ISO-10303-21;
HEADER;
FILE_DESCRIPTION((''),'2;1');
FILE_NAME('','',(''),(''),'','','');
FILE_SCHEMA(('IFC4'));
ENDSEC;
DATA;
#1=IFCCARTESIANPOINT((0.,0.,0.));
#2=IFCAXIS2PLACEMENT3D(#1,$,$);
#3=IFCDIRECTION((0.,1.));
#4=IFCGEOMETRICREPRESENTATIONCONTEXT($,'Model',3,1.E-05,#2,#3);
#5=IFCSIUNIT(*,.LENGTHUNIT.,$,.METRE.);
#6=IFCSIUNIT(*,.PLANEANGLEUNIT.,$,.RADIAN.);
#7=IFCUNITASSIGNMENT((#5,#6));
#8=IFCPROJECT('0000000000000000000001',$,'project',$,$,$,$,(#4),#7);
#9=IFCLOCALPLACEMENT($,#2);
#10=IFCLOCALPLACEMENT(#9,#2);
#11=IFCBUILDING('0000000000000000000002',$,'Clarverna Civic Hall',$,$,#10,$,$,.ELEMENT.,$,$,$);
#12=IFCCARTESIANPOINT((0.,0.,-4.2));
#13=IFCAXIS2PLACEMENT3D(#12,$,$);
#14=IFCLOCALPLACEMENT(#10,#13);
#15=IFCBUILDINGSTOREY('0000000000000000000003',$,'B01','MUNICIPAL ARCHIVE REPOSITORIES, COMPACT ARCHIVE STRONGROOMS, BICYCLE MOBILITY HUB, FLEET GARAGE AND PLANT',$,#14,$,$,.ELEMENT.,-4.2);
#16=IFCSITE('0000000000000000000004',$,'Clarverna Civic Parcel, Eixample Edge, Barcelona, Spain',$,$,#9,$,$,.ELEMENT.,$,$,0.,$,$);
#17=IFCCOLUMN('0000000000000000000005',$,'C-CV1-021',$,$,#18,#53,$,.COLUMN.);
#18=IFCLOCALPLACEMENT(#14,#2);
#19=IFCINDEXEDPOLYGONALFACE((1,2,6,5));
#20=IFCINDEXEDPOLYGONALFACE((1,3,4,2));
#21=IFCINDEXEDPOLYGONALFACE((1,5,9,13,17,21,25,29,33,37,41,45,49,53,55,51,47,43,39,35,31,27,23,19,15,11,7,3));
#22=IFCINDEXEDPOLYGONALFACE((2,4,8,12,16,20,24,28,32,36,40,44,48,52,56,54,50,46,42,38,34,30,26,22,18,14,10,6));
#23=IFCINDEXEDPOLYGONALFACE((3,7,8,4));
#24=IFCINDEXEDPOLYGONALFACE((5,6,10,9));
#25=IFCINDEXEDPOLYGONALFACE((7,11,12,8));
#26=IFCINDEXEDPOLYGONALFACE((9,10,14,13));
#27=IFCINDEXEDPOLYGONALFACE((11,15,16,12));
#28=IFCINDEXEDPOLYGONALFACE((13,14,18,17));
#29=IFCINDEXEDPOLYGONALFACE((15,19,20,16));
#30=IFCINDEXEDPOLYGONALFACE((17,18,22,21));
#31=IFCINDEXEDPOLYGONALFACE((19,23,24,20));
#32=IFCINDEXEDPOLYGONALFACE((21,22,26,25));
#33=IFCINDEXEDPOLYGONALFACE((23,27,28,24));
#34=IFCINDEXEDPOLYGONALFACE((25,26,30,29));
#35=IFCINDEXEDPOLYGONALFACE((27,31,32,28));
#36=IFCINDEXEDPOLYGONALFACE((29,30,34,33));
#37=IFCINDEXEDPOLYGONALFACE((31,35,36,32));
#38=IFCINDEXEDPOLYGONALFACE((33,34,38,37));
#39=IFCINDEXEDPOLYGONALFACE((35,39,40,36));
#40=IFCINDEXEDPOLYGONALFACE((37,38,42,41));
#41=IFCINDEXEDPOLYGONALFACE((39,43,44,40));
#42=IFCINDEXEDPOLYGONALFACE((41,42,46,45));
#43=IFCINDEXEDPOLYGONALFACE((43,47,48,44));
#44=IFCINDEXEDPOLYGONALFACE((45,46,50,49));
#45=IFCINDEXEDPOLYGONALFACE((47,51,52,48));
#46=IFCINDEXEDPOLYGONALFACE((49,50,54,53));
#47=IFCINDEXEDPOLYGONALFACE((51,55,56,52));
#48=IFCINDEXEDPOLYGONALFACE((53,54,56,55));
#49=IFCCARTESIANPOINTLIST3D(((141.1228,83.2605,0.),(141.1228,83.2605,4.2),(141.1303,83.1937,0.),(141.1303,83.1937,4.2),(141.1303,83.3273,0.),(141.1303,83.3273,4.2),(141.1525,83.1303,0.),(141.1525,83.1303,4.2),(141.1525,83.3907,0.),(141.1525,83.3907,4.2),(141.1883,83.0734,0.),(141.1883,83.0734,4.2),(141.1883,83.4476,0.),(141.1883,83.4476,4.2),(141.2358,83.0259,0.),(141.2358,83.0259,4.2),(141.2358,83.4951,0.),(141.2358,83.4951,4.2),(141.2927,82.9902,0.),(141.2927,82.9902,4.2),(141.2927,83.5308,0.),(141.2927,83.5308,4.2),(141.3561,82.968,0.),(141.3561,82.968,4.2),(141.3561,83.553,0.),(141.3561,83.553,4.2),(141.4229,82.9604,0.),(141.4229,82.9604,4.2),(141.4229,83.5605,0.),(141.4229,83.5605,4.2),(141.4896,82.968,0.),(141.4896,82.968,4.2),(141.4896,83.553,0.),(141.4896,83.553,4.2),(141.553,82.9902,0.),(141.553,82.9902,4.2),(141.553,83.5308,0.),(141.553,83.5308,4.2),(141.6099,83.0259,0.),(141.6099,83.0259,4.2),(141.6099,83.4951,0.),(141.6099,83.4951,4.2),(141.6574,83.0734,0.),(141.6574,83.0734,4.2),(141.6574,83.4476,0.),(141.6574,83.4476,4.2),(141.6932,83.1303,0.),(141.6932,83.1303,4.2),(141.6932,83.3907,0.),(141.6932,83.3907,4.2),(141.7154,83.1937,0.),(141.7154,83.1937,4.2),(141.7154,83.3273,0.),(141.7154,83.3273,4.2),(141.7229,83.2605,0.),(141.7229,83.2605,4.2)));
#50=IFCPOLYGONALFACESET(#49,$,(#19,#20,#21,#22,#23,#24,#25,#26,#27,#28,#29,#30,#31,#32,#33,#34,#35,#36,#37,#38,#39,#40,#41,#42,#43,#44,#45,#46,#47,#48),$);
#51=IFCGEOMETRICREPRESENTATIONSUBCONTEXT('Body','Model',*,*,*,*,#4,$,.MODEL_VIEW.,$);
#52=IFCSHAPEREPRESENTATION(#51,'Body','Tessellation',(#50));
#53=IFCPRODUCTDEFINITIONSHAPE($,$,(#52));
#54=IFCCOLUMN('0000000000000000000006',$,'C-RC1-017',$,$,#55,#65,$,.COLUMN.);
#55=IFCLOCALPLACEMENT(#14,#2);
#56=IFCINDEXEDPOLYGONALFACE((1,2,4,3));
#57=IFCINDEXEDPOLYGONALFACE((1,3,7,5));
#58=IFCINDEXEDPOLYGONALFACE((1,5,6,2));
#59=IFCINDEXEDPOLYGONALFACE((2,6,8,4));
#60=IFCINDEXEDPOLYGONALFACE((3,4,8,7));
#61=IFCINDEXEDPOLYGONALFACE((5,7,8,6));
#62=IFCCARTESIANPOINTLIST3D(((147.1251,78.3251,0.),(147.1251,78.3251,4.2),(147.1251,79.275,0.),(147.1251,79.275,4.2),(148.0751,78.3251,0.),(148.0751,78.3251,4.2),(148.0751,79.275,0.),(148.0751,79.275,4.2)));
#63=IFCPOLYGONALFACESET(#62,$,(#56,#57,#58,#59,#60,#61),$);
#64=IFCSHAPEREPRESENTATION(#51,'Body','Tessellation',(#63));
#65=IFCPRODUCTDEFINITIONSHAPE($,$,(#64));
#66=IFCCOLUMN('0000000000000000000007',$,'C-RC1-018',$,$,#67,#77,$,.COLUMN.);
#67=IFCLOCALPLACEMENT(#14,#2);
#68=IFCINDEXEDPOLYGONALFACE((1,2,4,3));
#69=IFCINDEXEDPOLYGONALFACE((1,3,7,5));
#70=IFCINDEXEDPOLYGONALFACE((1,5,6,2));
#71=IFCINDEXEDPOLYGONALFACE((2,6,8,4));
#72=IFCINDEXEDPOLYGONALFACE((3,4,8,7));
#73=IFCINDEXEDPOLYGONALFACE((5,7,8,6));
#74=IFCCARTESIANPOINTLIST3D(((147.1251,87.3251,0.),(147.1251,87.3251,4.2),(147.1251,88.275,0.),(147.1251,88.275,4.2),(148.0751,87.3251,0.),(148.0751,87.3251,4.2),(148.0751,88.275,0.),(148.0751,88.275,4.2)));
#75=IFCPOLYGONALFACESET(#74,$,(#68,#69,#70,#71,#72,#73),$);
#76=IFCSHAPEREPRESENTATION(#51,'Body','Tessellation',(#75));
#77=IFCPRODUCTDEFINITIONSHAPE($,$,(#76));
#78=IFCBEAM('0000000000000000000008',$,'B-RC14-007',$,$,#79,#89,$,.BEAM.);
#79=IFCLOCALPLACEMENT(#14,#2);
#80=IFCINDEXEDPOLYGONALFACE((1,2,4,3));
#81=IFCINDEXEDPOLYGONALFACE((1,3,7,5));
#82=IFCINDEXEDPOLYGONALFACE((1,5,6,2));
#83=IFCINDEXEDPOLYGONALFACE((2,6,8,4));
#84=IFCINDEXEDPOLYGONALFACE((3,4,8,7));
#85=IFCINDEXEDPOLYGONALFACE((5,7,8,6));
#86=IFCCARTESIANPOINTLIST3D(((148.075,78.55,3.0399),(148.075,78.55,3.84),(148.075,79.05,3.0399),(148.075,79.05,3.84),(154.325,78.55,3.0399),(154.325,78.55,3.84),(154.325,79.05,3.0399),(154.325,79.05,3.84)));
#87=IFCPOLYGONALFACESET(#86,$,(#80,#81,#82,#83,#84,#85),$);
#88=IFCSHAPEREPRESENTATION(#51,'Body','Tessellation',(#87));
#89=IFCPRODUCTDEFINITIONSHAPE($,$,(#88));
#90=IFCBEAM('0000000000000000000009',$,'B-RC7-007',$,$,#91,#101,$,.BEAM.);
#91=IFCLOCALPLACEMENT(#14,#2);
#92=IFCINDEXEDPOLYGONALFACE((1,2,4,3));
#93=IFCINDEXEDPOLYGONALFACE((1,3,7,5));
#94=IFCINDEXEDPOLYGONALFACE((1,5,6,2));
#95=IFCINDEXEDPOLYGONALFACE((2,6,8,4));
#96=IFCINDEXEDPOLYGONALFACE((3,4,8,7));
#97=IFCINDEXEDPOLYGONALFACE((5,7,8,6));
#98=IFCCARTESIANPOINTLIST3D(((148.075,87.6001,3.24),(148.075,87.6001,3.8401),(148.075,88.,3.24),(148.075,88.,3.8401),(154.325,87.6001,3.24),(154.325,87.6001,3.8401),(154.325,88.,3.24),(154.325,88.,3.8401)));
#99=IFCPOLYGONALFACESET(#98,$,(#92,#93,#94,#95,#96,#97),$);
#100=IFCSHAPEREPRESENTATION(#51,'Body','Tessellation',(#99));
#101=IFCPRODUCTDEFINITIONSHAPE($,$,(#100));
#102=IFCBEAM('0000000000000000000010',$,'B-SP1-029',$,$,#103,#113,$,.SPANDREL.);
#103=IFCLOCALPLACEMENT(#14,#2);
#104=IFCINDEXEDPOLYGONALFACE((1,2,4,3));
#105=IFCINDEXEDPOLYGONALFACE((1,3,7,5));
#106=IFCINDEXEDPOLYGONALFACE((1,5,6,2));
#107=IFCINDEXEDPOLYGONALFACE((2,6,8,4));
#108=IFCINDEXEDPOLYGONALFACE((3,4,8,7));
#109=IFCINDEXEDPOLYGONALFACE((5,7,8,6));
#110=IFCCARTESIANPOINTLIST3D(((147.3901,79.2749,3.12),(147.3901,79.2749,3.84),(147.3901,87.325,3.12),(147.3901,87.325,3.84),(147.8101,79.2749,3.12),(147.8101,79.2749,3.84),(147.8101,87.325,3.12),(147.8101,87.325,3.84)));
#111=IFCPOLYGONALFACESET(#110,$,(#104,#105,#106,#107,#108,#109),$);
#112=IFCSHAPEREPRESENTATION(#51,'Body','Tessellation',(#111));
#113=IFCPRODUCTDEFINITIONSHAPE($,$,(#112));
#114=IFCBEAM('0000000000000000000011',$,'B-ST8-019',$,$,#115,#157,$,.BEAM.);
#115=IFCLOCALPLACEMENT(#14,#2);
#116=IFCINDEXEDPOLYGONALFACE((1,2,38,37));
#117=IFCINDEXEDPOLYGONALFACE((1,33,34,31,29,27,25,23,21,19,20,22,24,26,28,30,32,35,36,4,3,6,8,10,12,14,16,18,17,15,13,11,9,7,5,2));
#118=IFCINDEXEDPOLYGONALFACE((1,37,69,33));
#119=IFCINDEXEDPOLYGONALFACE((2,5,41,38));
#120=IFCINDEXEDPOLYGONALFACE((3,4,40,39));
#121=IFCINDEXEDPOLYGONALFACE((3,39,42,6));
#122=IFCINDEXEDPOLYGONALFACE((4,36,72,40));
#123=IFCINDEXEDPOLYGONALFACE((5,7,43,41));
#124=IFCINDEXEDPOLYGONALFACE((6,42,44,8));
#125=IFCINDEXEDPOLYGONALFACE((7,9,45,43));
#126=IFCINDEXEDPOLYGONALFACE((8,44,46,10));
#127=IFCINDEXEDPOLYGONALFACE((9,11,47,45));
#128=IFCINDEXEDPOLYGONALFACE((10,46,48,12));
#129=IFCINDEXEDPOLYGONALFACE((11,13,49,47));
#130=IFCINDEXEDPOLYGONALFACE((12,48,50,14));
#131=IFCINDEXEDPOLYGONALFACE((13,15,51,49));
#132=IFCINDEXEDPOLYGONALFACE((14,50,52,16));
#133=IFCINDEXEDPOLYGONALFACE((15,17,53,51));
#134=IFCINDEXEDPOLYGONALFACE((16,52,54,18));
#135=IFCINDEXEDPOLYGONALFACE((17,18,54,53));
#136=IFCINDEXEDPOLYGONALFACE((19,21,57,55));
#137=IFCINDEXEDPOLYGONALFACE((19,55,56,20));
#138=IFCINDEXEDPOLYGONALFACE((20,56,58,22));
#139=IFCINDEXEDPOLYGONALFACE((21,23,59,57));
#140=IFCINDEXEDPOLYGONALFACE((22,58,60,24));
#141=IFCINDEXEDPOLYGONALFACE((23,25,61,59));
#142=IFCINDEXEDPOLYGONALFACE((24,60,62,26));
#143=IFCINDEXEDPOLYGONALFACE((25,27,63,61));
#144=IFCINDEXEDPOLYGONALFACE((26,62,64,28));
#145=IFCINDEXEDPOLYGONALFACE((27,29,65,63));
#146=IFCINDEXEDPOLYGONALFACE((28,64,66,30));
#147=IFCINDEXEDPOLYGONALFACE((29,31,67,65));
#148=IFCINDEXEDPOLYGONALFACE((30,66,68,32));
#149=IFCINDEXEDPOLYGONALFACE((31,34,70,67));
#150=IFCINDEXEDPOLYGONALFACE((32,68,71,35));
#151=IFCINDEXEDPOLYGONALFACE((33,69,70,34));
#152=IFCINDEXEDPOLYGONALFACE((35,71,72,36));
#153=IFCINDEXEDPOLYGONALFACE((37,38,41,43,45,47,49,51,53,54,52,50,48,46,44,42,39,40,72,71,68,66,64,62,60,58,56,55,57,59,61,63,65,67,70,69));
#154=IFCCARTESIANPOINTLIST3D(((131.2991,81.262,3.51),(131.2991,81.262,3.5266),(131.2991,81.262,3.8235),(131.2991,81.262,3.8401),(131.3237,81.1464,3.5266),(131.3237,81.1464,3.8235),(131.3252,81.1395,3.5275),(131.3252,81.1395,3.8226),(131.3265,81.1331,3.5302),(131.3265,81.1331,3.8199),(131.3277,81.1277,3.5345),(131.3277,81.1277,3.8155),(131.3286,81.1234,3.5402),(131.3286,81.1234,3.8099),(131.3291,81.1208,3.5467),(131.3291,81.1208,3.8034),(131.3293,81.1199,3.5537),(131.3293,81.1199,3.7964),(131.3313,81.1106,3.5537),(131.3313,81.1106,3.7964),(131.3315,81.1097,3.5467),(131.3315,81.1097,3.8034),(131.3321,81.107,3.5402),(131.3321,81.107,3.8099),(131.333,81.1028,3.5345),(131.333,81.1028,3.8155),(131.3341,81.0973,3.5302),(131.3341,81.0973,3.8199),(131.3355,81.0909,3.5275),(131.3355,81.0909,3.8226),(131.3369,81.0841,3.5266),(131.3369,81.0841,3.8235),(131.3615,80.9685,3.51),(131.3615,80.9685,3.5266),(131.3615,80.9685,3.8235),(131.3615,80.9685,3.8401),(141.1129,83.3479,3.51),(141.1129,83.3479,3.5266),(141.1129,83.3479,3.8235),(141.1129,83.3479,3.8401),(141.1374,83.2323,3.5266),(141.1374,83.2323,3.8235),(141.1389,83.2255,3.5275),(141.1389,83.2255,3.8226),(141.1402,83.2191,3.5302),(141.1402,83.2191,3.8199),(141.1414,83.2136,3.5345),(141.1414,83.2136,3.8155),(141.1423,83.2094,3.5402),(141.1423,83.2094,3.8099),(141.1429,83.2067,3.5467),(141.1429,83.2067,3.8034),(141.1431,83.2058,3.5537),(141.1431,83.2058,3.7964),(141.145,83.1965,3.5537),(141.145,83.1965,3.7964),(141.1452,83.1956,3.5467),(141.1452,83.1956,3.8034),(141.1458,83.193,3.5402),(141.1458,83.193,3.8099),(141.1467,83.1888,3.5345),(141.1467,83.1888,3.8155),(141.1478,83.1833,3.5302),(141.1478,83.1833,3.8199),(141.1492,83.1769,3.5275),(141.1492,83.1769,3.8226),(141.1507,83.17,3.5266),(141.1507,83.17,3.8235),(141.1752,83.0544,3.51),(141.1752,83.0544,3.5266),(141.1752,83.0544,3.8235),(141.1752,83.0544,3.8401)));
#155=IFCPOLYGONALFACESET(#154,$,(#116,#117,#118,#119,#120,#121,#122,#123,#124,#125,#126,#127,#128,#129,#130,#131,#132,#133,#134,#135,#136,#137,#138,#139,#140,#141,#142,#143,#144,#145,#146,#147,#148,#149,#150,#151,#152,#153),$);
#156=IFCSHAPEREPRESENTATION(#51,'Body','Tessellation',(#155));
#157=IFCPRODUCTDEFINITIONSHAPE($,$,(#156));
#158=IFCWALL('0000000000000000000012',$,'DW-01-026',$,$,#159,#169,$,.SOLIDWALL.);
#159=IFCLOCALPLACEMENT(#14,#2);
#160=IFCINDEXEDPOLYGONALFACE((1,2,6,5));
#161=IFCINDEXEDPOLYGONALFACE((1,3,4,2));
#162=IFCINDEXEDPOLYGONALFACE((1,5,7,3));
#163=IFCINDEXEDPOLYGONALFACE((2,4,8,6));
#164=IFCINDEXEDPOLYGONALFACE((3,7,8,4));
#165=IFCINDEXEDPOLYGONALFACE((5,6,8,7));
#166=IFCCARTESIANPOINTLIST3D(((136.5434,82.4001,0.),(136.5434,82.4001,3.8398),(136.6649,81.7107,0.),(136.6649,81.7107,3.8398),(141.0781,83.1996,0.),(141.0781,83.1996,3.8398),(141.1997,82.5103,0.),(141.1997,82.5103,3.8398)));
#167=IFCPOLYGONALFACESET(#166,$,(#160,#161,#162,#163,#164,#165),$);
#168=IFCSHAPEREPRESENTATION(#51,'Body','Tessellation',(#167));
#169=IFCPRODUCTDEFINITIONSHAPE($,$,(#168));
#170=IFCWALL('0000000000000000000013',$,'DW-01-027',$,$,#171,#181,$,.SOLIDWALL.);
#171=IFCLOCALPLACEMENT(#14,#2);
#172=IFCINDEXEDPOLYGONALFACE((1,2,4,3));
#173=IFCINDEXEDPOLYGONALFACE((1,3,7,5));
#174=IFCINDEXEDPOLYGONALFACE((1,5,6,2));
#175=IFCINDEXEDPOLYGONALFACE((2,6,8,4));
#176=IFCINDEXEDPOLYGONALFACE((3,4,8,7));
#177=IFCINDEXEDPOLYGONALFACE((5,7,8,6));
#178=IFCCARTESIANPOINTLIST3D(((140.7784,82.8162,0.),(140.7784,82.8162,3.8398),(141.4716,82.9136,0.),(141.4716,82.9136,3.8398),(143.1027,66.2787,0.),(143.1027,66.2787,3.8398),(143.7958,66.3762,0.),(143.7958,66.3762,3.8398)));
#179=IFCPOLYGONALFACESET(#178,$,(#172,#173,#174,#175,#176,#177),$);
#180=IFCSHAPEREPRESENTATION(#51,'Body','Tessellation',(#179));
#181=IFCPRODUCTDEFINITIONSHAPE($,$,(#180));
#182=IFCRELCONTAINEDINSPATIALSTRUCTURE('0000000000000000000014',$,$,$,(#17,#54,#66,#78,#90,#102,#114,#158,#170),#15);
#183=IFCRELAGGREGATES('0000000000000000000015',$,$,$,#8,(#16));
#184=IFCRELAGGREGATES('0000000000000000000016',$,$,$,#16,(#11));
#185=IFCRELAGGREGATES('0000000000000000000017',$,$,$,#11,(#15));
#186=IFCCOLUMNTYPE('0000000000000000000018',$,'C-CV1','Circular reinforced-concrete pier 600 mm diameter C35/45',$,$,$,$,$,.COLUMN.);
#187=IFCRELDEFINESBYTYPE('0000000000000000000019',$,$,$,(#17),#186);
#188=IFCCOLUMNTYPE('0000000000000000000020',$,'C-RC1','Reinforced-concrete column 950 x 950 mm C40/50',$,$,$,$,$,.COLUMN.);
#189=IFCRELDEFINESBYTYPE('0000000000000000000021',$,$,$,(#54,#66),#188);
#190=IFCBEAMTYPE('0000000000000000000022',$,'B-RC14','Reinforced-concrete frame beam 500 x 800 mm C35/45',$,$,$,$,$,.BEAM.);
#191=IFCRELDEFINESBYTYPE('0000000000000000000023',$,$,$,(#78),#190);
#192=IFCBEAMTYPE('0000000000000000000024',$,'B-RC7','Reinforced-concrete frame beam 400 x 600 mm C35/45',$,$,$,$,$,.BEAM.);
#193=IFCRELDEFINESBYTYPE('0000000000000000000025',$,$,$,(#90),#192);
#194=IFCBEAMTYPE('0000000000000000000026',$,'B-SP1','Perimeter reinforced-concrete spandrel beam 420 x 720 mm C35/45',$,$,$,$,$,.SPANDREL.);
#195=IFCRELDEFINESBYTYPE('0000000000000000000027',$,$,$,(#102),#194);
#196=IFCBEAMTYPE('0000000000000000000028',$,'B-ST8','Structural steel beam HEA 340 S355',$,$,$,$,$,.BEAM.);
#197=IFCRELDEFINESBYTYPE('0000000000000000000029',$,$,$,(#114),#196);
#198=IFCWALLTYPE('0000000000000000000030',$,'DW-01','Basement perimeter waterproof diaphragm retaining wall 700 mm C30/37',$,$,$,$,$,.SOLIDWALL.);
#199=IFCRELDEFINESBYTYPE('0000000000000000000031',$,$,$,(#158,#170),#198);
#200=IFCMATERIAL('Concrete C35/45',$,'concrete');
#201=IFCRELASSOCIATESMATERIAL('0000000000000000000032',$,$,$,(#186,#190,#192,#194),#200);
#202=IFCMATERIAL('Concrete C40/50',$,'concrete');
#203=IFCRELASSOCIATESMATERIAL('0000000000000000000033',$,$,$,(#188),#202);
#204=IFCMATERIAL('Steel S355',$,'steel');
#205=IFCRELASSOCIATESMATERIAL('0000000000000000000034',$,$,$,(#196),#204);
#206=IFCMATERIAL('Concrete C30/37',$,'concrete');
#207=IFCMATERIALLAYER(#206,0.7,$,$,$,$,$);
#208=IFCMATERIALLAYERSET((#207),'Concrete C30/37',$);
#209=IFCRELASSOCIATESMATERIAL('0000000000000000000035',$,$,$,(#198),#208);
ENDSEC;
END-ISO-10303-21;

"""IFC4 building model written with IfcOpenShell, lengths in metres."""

from ifc_helpers import new_model, si_unit, direction, frame, frame_2d, origin, origin_2d, place, context, subcontext, project, spatial, rectangle, circle, i_section, extrude, material, layer, layer_set, material_profile, profile_set, type_object, element, save


model = new_model("IFC4")

# Units and contexts
model_context = context("Model", 3, precision=1e-05, world=origin(), true_north=direction((0.0, 1.0)))
body_context = subcontext(model_context, "Body", "Model", "MODEL_VIEW")
ifc_project = project(units=[si_unit("LENGTHUNIT", "METRE"), si_unit("PLANEANGLEUNIT", "RADIAN")], contexts=[model_context])

# Site, building, storey
site_placement = place(None, origin())
site = spatial("IfcSite", under=ifc_project, at=site_placement, Name="Clarverna Civic Parcel, Eixample Edge, Barcelona, Spain", CompositionType="ELEMENT", RefElevation=0.0)
building_placement = place(site_placement, origin())
building = spatial("IfcBuilding", under=site, at=building_placement, Name="Clarverna Civic Hall", CompositionType="ELEMENT")
storey_placement = place(building_placement, frame((0.0, 0.0, -4.2)))
storey = spatial("IfcBuildingStorey", under=building, at=storey_placement, Name="B01", Description="MUNICIPAL ARCHIVE REPOSITORIES, COMPACT ARCHIVE STRONGROOMS, BICYCLE MOBILITY HUB, FLEET GARAGE AND PLANT", CompositionType="ELEMENT", Elevation=-4.2)

# Shared definitions
ifc_material_1 = material(Name="Concrete C30/37", Category="concrete")

# Columns
ifc_material_2 = material(Name="Concrete C35/45", Category="concrete")
ifc_material_profile_1 = material_profile(ifc_material_2, circle(Radius=0.3, at=origin_2d()), Name="RC D600")
ifc_profile_set_1 = profile_set([ifc_material_profile_1], Name="Concrete C35/45")
column_type_1 = type_object("IfcColumnType", Name="C-CV1", Description="Circular reinforced-concrete pier 600 mm diameter C35/45", PredefinedType="COLUMN", material=ifc_profile_set_1)
column_placement = place(storey_placement, frame((141.4229, 83.2605, 0.0), z_axis=(0.0, 0.0, 1.0), x_axis=(1.0, 0.0, 0.0)))
element("IfcColumn", 1, at=column_placement, inside=storey, type_object=column_type_1, Name="C-CV1-021", PredefinedType="COLUMN", context=body_context, shape_type="SweptSolid", body=[
    extrude(circle(Radius=0.3, at=origin_2d()), origin(), (0.0, 0.0, 1.0), 4.2),
])
ifc_material_3 = material(Name="Concrete C40/50", Category="concrete")
ifc_material_profile_2 = material_profile(ifc_material_3, rectangle(XDim=0.95, YDim=0.95, at=origin_2d()), Name="RC 950x950")
ifc_profile_set_2 = profile_set([ifc_material_profile_2], Name="Concrete C40/50")
column_type_2 = type_object("IfcColumnType", Name="C-RC1", Description="Reinforced-concrete column 950 x 950 mm C40/50", PredefinedType="COLUMN", material=ifc_profile_set_2)
for number, where, z_axis, x_axis, name in (
    (2, (147.6001, 78.8, 0.0), (0.0, 0.0, 1.0), (1.0, 0.0, 0.0), "C-RC1-017"),
    (3, (147.6001, 87.8, 0.0), (0.0, 0.0, 1.0), (1.0, 0.0, 0.0), "C-RC1-018"),
):
    element("IfcColumn", number, at=place(storey_placement, frame(where, z_axis=z_axis, x_axis=x_axis)), inside=storey, type_object=column_type_2, Name=name, PredefinedType="COLUMN", context=body_context, shape_type="SweptSolid", body=[
        extrude(rectangle(XDim=0.95, YDim=0.95, at=origin_2d()), origin(), (0.0, 0.0, 1.0), 4.2),
    ])

# Beams
ifc_material_profile_3 = material_profile(ifc_material_2, rectangle(XDim=0.5, YDim=0.8, at=origin_2d()), Name="RC 500x800")
ifc_profile_set_3 = profile_set([ifc_material_profile_3], Name="Concrete C35/45")
beam_type_1 = type_object("IfcBeamType", Name="B-RC14", Description="Reinforced-concrete frame beam 500 x 800 mm C35/45", PredefinedType="BEAM", material=ifc_profile_set_3)
beam_1_placement = place(storey_placement, frame((148.075, 78.8, 3.4399), z_axis=(1.0, 0.0, 0.0), x_axis=(0.0, 1.0, 0.0)))
element("IfcBeam", 4, at=beam_1_placement, inside=storey, type_object=beam_type_1, Name="B-RC14-007", PredefinedType="BEAM", context=body_context, shape_type="SweptSolid", body=[
    extrude(rectangle(XDim=0.5, YDim=0.8, at=origin_2d()), origin(), (0.0, 0.0, 1.0), 6.25),
])
ifc_material_profile_4 = material_profile(ifc_material_2, rectangle(XDim=0.3999, YDim=0.6001, at=origin_2d()), Name="RC 400x600")
ifc_profile_set_4 = profile_set([ifc_material_profile_4], Name="Concrete C35/45")
beam_type_2 = type_object("IfcBeamType", Name="B-RC7", Description="Reinforced-concrete frame beam 400 x 600 mm C35/45", PredefinedType="BEAM", material=ifc_profile_set_4)
beam_2_placement = place(storey_placement, frame((148.075, 87.8, 3.54), z_axis=(1.0, 0.0, 0.0), x_axis=(0.0, 1.0, 0.0)))
element("IfcBeam", 5, at=beam_2_placement, inside=storey, type_object=beam_type_2, Name="B-RC7-007", PredefinedType="BEAM", context=body_context, shape_type="SweptSolid", body=[
    extrude(rectangle(XDim=0.3999, YDim=0.6001, at=origin_2d()), origin(), (0.0, 0.0, 1.0), 6.25),
])
ifc_material_profile_5 = material_profile(ifc_material_2, rectangle(XDim=0.4199, YDim=0.72, at=origin_2d()), Name="RC 420x720")
ifc_profile_set_5 = profile_set([ifc_material_profile_5], Name="Concrete C35/45")
beam_type_3 = type_object("IfcBeamType", Name="B-SP1", Description="Perimeter reinforced-concrete spandrel beam 420 x 720 mm C35/45", PredefinedType="SPANDREL", material=ifc_profile_set_5)
beam_3_placement = place(storey_placement, frame((147.6001, 79.2749, 3.48), z_axis=(0.0, 1.0, 0.0), x_axis=(-1.0, 0.0, 0.0)))
element("IfcBeam", 6, at=beam_3_placement, inside=storey, type_object=beam_type_3, Name="B-SP1-029", PredefinedType="SPANDREL", context=body_context, shape_type="SweptSolid", body=[
    extrude(rectangle(XDim=0.4199, YDim=0.72, at=origin_2d()), origin(), (0.0, 0.0, 1.0), 8.05),
])
ifc_material_4 = material(Name="Steel S355", Category="steel")
ifc_material_profile_6 = material_profile(ifc_material_4, i_section(OverallWidth=0.3, OverallDepth=0.3301, WebThickness=0.0095, FlangeThickness=0.0166, FilletRadius=0.0271, at=origin_2d()), Name="HEA 340")
ifc_profile_set_6 = profile_set([ifc_material_profile_6], Name="Steel S355")
beam_type_4 = type_object("IfcBeamType", Name="B-ST8", Description="Structural steel beam HEA 340 S355", PredefinedType="BEAM", material=ifc_profile_set_6)
beam_4_placement = place(storey_placement, frame((141.144, 83.2012, 3.675), z_axis=(-0.978148, -0.207909, 0.0), x_axis=(0.207909, -0.978148, 0.0)))
element("IfcBeam", 7, at=beam_4_placement, inside=storey, type_object=beam_type_4, Name="B-ST8-019", PredefinedType="BEAM", context=body_context, shape_type="SweptSolid", body=[
    extrude(i_section(OverallWidth=0.3, OverallDepth=0.3301, WebThickness=0.0095, FlangeThickness=0.0166, FilletRadius=0.0271, at=origin_2d()), origin(), (0.0, 0.0, 1.0), 10.033),
])

# Walls
ifc_layer_1 = layer(ifc_material_1, 0.7)
ifc_layer_set_1 = layer_set([ifc_layer_1], Name="Concrete C30/37")
wall_type_1 = type_object("IfcWallType", Name="DW-01", Description="Basement perimeter waterproof diaphragm retaining wall 700 mm C30/37", PredefinedType="SOLIDWALL", material=ifc_layer_set_1)
wall_1_placement = place(storey_placement, frame((136.6042, 82.0554, 0.0), z_axis=(0.0, 0.0, 1.0), x_axis=(0.984809, 0.173643, 0.0)))
element("IfcWall", 8, at=wall_1_placement, inside=storey, type_object=wall_type_1, Name="DW-01-026", PredefinedType="SOLIDWALL", context=body_context, shape_type="SweptSolid", body=[
    extrude(rectangle(XDim=4.6047, YDim=0.7, at=frame_2d((2.3022, 0.0))), origin(), (0.0, 0.0, 1.0), 3.8398),
])
wall_2_placement = place(storey_placement, frame((141.125, 82.865, 0.0), z_axis=(0.0, 0.0, 1.0), x_axis=(0.139176, -0.990268, 0.0)))
element("IfcWall", 9, at=wall_2_placement, inside=storey, type_object=wall_type_1, Name="DW-01-027", PredefinedType="SOLIDWALL", context=body_context, shape_type="SweptSolid", body=[
    extrude(rectangle(XDim=16.7, YDim=0.7, at=frame_2d((8.3501, 0.0))), origin(), (0.0, 0.0, 1.0), 3.8398),
])

save(model, "model.ifc")
